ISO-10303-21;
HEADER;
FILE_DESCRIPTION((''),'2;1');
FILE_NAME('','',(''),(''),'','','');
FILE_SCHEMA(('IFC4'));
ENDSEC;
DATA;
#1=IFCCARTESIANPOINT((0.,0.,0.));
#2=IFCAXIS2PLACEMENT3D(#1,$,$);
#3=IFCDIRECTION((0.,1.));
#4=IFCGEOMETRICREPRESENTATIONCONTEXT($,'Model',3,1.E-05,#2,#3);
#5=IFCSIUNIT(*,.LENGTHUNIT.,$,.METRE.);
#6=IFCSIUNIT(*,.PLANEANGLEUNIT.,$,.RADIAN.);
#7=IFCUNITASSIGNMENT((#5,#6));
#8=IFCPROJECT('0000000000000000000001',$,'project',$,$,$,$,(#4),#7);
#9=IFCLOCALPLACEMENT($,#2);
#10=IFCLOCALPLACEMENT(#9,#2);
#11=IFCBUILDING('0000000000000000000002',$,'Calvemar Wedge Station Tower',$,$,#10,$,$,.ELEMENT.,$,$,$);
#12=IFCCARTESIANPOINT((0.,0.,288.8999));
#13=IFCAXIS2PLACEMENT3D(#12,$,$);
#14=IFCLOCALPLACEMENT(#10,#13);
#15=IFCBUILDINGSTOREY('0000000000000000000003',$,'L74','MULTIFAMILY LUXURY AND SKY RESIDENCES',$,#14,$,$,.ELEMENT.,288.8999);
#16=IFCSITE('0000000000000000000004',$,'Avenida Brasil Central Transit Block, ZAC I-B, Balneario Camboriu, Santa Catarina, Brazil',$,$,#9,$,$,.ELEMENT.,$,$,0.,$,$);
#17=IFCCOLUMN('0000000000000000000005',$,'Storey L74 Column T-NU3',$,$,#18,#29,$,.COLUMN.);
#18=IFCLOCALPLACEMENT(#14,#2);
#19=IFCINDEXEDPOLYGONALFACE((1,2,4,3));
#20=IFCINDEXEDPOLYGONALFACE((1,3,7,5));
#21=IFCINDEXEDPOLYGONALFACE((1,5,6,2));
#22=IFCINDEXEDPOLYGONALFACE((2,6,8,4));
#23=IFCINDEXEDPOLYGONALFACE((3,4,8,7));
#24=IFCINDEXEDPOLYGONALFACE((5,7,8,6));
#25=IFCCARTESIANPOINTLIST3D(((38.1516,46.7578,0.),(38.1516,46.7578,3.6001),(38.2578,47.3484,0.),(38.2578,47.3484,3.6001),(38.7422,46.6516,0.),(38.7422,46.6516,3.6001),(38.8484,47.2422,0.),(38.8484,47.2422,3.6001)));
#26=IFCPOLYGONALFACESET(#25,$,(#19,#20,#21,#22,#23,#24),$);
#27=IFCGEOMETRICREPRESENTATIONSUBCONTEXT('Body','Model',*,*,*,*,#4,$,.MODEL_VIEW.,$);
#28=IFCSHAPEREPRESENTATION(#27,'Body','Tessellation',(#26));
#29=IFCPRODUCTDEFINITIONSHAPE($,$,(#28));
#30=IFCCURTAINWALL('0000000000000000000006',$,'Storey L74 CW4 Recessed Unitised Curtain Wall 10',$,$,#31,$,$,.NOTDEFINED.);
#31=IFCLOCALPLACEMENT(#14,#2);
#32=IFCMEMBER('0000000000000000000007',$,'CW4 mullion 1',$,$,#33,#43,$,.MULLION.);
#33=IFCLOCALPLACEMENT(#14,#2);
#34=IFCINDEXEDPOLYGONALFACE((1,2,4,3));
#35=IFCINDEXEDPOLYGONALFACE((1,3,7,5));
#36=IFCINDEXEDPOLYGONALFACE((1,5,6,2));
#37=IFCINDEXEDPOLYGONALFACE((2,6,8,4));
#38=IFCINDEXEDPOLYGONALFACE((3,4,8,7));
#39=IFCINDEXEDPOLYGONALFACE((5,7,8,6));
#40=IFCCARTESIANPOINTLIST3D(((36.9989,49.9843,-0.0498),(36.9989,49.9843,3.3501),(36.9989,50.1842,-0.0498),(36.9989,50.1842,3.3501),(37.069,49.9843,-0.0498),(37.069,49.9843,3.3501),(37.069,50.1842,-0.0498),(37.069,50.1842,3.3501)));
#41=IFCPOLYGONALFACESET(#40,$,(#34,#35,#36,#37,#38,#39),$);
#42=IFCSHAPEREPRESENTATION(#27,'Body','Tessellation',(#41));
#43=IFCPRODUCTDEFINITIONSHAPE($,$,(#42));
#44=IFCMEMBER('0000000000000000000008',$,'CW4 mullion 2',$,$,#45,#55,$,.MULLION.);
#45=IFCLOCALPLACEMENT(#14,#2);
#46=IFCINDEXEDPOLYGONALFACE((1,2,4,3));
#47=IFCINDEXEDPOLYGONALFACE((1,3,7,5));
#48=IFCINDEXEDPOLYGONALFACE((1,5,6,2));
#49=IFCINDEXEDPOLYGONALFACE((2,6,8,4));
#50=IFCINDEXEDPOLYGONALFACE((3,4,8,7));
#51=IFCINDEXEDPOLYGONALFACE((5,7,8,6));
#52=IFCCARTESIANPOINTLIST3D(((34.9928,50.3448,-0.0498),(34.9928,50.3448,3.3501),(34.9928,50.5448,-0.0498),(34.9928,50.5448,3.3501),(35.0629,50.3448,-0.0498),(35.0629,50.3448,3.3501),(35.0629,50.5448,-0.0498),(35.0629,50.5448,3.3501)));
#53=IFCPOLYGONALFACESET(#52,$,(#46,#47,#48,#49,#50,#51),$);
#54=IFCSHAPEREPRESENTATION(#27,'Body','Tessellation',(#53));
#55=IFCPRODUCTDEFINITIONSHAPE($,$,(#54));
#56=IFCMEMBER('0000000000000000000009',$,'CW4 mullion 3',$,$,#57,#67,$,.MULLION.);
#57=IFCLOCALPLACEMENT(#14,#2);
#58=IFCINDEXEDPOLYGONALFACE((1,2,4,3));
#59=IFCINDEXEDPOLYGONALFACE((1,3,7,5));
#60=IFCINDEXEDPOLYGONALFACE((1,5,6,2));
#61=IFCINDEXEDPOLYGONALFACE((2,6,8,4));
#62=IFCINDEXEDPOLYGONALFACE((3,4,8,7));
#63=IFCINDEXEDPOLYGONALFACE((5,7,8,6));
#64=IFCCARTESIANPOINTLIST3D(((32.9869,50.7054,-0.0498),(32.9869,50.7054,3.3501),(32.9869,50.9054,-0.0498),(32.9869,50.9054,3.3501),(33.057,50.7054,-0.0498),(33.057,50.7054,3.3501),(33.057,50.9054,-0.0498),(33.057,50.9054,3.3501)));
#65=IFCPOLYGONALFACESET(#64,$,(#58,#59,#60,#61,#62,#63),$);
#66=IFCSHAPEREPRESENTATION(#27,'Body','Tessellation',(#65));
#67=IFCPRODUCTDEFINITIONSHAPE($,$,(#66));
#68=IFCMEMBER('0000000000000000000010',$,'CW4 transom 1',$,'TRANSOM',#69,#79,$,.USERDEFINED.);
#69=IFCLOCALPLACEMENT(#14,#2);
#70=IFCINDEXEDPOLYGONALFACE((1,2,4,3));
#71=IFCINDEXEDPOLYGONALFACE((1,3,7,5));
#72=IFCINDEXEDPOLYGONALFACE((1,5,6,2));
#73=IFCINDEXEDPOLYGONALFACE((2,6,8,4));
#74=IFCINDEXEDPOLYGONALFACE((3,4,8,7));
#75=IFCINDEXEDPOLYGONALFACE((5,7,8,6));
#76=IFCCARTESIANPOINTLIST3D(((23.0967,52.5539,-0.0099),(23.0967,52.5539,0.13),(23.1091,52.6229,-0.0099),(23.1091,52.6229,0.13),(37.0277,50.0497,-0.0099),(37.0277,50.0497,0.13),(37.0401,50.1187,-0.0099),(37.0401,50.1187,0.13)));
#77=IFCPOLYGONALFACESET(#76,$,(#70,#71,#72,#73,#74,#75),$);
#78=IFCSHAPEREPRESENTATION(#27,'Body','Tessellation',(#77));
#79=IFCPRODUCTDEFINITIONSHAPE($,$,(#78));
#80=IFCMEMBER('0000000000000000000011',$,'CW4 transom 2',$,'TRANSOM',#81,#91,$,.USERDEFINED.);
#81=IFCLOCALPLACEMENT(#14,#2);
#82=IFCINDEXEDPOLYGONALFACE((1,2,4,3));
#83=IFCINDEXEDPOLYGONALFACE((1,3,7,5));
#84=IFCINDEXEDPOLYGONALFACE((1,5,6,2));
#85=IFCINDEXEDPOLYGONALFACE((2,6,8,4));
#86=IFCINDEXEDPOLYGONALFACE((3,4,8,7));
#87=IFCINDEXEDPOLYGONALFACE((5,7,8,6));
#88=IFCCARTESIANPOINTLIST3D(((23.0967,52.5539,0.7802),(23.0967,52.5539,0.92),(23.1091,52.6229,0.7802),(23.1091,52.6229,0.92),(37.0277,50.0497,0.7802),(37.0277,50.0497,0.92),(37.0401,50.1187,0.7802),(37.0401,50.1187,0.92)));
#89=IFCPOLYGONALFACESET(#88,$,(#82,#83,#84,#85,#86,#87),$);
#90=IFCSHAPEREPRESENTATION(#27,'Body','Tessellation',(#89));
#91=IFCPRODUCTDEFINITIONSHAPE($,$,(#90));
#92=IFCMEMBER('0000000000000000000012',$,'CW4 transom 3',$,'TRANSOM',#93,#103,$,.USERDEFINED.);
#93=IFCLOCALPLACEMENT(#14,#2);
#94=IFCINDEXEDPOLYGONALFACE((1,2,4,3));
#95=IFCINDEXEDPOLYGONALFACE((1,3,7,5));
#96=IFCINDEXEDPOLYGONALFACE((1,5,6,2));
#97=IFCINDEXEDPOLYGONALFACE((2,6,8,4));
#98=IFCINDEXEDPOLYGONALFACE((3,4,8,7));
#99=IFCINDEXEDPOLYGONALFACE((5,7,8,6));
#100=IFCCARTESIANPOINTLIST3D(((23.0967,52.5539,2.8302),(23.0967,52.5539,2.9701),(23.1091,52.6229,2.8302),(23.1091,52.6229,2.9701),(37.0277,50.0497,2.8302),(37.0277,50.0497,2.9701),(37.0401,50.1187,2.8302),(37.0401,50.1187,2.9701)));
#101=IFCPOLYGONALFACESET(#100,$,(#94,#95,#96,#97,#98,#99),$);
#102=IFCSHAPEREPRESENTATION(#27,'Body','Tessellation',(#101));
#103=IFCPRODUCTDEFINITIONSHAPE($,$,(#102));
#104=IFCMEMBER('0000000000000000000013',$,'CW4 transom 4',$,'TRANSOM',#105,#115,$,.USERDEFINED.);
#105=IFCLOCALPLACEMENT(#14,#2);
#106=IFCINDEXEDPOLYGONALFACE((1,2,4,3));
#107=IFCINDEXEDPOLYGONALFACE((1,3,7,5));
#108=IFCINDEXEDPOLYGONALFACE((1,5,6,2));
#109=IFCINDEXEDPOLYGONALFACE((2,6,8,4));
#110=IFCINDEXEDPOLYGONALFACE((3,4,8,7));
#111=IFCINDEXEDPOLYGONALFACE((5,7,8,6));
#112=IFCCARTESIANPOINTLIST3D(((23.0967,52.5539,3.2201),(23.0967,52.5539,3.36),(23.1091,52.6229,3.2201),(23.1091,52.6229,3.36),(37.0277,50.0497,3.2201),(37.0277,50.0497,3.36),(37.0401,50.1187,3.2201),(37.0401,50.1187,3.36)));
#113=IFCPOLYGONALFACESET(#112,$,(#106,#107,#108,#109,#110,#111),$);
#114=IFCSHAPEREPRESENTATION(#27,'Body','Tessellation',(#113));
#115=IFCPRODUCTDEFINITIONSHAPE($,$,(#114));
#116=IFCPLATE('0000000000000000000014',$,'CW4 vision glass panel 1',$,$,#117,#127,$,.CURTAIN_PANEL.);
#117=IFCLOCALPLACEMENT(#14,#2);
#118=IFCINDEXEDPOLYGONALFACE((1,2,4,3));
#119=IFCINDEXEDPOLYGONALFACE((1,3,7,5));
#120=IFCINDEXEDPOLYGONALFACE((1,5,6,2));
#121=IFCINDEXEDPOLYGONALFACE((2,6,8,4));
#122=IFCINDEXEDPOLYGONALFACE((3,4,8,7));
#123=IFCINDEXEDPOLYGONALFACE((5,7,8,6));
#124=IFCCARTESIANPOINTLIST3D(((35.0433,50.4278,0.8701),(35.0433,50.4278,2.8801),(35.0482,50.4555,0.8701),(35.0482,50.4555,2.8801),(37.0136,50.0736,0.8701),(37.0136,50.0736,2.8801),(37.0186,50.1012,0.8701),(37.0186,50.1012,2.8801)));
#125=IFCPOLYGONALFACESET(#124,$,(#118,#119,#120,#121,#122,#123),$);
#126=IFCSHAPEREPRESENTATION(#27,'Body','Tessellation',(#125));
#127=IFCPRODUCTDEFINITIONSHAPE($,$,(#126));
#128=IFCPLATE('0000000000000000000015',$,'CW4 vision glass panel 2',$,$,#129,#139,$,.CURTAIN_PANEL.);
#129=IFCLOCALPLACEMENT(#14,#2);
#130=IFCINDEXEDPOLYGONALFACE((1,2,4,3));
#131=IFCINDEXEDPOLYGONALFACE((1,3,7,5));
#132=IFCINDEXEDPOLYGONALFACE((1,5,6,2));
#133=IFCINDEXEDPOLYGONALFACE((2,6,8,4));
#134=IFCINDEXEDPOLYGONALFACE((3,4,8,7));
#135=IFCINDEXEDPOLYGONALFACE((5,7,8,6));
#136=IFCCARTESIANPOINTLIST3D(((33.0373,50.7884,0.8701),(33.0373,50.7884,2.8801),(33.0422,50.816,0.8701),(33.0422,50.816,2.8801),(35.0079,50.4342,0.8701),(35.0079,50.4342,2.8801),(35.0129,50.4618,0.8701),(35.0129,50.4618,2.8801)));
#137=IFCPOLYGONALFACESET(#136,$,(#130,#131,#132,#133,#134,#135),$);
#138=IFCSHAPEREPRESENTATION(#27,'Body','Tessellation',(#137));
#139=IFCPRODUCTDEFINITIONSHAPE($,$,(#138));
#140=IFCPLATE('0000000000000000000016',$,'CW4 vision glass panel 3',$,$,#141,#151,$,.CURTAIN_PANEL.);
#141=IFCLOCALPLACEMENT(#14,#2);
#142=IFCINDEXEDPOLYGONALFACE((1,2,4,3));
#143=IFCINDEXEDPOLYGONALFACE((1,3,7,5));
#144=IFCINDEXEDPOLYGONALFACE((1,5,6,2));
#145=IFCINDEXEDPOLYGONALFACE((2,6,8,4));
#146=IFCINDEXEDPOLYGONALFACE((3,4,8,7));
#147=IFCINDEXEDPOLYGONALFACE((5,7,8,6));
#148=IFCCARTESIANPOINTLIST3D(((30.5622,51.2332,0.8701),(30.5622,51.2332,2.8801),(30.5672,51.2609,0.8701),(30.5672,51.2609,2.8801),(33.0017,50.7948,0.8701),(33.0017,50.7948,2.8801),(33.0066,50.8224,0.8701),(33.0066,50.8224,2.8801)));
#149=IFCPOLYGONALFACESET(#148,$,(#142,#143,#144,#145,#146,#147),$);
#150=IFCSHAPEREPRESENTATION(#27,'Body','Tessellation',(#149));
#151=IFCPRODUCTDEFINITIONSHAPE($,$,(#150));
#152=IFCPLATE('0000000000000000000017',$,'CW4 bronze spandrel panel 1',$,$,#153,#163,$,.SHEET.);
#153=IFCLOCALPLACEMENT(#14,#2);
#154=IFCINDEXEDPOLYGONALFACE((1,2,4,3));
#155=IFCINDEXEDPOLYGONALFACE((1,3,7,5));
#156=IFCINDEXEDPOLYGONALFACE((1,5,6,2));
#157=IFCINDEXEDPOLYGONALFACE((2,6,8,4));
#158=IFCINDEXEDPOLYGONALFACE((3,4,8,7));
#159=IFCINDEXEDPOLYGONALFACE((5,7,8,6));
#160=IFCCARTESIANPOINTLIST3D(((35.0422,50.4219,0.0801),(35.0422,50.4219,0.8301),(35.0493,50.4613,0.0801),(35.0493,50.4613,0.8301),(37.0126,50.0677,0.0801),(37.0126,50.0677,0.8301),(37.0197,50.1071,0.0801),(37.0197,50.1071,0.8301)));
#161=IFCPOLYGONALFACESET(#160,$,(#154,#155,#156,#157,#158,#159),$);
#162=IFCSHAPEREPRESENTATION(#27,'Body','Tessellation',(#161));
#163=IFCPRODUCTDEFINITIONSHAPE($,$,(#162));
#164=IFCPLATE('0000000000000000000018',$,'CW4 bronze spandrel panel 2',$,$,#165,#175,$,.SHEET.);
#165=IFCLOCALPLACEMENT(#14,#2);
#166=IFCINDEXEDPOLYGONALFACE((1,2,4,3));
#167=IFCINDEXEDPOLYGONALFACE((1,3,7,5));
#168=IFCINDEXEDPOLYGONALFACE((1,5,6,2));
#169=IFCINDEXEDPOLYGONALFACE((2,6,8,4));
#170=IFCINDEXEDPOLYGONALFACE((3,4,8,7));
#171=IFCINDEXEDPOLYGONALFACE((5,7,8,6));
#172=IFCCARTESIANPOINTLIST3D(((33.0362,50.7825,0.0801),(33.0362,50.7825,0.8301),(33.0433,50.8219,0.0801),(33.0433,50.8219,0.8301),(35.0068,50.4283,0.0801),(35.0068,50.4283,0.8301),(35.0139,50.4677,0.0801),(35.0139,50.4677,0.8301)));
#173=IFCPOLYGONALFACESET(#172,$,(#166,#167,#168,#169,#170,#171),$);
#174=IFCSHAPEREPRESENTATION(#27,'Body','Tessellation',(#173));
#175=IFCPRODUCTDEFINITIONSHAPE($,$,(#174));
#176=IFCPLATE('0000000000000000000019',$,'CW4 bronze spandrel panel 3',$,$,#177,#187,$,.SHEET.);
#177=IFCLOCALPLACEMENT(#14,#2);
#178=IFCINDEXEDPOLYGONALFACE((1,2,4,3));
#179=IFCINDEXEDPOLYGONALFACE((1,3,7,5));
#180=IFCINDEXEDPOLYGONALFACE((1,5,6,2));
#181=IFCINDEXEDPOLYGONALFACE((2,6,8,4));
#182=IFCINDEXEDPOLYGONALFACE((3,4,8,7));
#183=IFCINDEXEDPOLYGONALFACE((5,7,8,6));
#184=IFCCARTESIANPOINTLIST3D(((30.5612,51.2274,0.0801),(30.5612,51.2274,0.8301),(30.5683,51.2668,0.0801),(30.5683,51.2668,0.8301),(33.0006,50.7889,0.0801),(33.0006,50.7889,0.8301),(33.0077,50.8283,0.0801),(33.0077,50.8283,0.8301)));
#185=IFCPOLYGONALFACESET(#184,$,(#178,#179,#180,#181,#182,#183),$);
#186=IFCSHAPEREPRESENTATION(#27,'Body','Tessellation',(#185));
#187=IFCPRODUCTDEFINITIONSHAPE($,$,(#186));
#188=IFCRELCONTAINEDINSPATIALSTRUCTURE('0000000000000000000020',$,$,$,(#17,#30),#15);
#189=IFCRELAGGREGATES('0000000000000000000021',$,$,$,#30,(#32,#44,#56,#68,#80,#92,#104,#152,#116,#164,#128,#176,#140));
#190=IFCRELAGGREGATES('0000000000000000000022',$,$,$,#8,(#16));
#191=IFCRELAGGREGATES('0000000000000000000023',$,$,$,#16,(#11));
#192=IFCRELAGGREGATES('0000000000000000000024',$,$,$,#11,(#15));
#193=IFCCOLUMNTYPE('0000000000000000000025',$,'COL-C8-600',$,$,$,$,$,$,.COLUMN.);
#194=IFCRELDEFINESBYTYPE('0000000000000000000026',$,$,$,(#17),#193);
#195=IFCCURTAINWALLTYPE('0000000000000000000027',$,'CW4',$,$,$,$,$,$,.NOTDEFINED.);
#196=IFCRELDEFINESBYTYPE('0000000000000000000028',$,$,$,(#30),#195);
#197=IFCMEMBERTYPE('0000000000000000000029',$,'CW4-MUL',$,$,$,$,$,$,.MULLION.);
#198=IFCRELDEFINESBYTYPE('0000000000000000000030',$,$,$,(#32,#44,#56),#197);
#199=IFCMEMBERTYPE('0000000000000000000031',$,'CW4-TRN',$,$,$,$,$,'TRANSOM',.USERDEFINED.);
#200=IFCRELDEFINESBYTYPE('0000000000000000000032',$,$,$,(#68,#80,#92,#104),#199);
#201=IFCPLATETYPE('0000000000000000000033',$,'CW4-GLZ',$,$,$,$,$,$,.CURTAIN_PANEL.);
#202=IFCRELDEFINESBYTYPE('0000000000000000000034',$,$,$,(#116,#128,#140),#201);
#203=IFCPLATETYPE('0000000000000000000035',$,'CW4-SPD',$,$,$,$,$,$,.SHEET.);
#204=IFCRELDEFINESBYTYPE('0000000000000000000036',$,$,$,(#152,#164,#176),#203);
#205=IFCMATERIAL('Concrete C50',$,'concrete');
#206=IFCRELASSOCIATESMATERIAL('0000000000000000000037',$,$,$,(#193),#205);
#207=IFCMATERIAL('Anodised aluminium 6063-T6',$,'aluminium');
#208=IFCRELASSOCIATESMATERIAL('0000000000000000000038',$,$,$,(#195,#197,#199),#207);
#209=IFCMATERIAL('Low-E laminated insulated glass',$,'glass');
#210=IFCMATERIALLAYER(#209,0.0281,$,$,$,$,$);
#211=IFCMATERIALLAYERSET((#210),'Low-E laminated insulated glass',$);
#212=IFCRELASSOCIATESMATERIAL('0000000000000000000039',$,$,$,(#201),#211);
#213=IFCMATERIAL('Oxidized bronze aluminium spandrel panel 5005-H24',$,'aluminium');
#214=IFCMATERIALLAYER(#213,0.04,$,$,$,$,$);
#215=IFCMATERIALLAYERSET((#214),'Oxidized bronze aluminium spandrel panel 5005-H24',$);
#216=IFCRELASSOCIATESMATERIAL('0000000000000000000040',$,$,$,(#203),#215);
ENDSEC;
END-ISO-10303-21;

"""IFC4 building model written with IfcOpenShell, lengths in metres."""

from ifc_helpers import new_model, si_unit, direction, frame, frame_2d, origin, origin_2d, place, context, subcontext, project, spatial, rectangle, extrude, source, transform, mapped, material, layer, layer_set, material_profile, profile_set, type_object, element, aggregate, save


model = new_model("IFC4")

# Units and contexts
model_context = context("Model", 3, precision=1e-05, world=origin(), true_north=direction((0.0, 1.0)))
body_context = subcontext(model_context, "Body", "Model", "MODEL_VIEW")
ifc_project = project(units=[si_unit("LENGTHUNIT", "METRE"), si_unit("PLANEANGLEUNIT", "RADIAN")], contexts=[model_context])

# Site, building, storey
site_placement = place(None, origin())
site = spatial("IfcSite", under=ifc_project, at=site_placement, Name="Avenida Brasil Central Transit Block, ZAC I-B, Balneario Camboriu, Santa Catarina, Brazil", CompositionType="ELEMENT", RefElevation=0.0)
building_placement = place(site_placement, origin())
building = spatial("IfcBuilding", under=site, at=building_placement, Name="Calvemar Wedge Station Tower", CompositionType="ELEMENT")
storey_placement = place(building_placement, frame((0.0, 0.0, 288.8999)))
storey = spatial("IfcBuildingStorey", under=building, at=storey_placement, Name="L74", Description="MULTIFAMILY LUXURY AND SKY RESIDENCES", CompositionType="ELEMENT", Elevation=288.8999)

# Column
ifc_material_1 = material(Name="Concrete C50", Category="concrete")
ifc_material_profile_1 = material_profile(ifc_material_1, rectangle(XDim=0.6001, YDim=0.6001, at=origin_2d()), Name="RC600x600")
ifc_profile_set_1 = profile_set([ifc_material_profile_1], Name="Concrete C50")
column_type = type_object("IfcColumnType", Name="COL-C8-600", PredefinedType="COLUMN", material=ifc_profile_set_1)
shared_shape_1 = source(origin(), body_context, "Body", "SweptSolid", [
    extrude(rectangle(XDim=0.6001, YDim=0.6001, at=origin_2d()), origin(), (0.0, 0.0, 1.0), 3.6001),
])
column_placement = place(storey_placement, frame((38.5, 47.0, 0.0), z_axis=(0.0, 0.0, 1.0), x_axis=(0.984196, -0.177085, 0.0)))
element("IfcColumn", 1, at=column_placement, inside=storey, type_object=column_type, Name="Storey L74 Column T-NU3", PredefinedType="COLUMN", context=body_context, shape_type="MappedRepresentation", body=[
    mapped(shared_shape_1, transform((0.0, 0.0, 0.0), scale=1.0)),
])

# Curtain wall, members, plates
ifc_material_2 = material(Name="Anodised aluminium 6063-T6", Category="aluminium")
curtain_wall_type = type_object("IfcCurtainWallType", Name="CW4", PredefinedType="NOTDEFINED", material=ifc_material_2)
curtain_wall_placement = place(storey_placement, origin())
curtain_wall = element("IfcCurtainWall", 2, at=curtain_wall_placement, inside=storey, type_object=curtain_wall_type, Name="Storey L74 CW4 Recessed Unitised Curtain Wall 10", PredefinedType="NOTDEFINED")
ifc_material_profile_2 = material_profile(ifc_material_2, rectangle(XDim=0.0701, YDim=0.2, at=origin_2d()), Name="AL-MUL-70x200")
ifc_profile_set_2 = profile_set([ifc_material_profile_2], Name="Anodised aluminium 6063-T6")
member_type_1 = type_object("IfcMemberType", Name="CW4-MUL", PredefinedType="MULLION", material=ifc_profile_set_2)
shared_shape_2 = source(origin(), body_context, "Body", "SweptSolid", [
    extrude(rectangle(XDim=0.0701, YDim=0.2, at=origin_2d()), origin(), (0.0, 0.0, 1.0), 3.3999),
])
member_1_placement = place(storey_placement, frame((37.0339, 50.0842, -0.0498), z_axis=(0.0, 0.0, 1.0), x_axis=(1.0, 0.0, 0.0)))
member_1 = element("IfcMember", 3, at=member_1_placement, type_object=member_type_1, Name="CW4 mullion 1", PredefinedType="MULLION", context=body_context, shape_type="MappedRepresentation", body=[
    mapped(shared_shape_2, transform((0.0, 0.0, 0.0), scale=1.0)),
])
member_2_placement = place(storey_placement, frame((35.0278, 50.4448, -0.0498), z_axis=(0.0, 0.0, 1.0), x_axis=(1.0, 0.0, 0.0)))
member_2 = element("IfcMember", 4, at=member_2_placement, type_object=member_type_1, Name="CW4 mullion 2", PredefinedType="MULLION", context=body_context, shape_type="MappedRepresentation", body=[
    mapped(shared_shape_2, transform((0.0, 0.0, 0.0), scale=1.0)),
])
member_3_placement = place(storey_placement, frame((33.022, 50.8054, -0.0498), z_axis=(0.0, 0.0, 1.0), x_axis=(1.0, 0.0, 0.0)))
member_3 = element("IfcMember", 5, at=member_3_placement, type_object=member_type_1, Name="CW4 mullion 3", PredefinedType="MULLION", context=body_context, shape_type="MappedRepresentation", body=[
    mapped(shared_shape_2, transform((0.0, 0.0, 0.0), scale=1.0)),
])
ifc_material_profile_3 = material_profile(ifc_material_2, rectangle(XDim=0.0701, YDim=0.1399, at=origin_2d()), Name="AL-TRN-70x140")
ifc_profile_set_3 = profile_set([ifc_material_profile_3], Name="Anodised aluminium 6063-T6")
member_type_2 = type_object("IfcMemberType", Name="CW4-TRN", ElementType="TRANSOM", PredefinedType="USERDEFINED", material=ifc_profile_set_3)
shared_shape_3 = source(origin(), body_context, "Body", "SweptSolid", [
    extrude(rectangle(XDim=0.0701, YDim=0.1399, at=origin_2d()), origin(), (0.0, 0.0, 1.0), 14.1543),
])
member_4_placement = place(storey_placement, frame((37.0339, 50.0842, 0.0601), z_axis=(-0.984225, 0.176919, 0.0), x_axis=(-0.176919, -0.984225, 0.0)))
member_4 = element("IfcMember", 6, at=member_4_placement, type_object=member_type_2, Name="CW4 transom 1", ObjectType="TRANSOM", PredefinedType="USERDEFINED", context=body_context, shape_type="MappedRepresentation", body=[
    mapped(shared_shape_3, transform((0.0, 0.0, 0.0), scale=1.0)),
])
member_5_placement = place(storey_placement, frame((37.0339, 50.0842, 0.8501), z_axis=(-0.984225, 0.176919, 0.0), x_axis=(-0.176919, -0.984225, 0.0)))
member_5 = element("IfcMember", 7, at=member_5_placement, type_object=member_type_2, Name="CW4 transom 2", ObjectType="TRANSOM", PredefinedType="USERDEFINED", context=body_context, shape_type="MappedRepresentation", body=[
    mapped(shared_shape_3, transform((0.0, 0.0, 0.0), scale=1.0)),
])
member_6_placement = place(storey_placement, frame((37.0339, 50.0842, 2.9001), z_axis=(-0.984225, 0.176919, 0.0), x_axis=(-0.176919, -0.984225, 0.0)))
member_6 = element("IfcMember", 8, at=member_6_placement, type_object=member_type_2, Name="CW4 transom 3", ObjectType="TRANSOM", PredefinedType="USERDEFINED", context=body_context, shape_type="MappedRepresentation", body=[
    mapped(shared_shape_3, transform((0.0, 0.0, 0.0), scale=1.0)),
])
member_7_placement = place(storey_placement, frame((37.0339, 50.0842, 3.29), z_axis=(-0.984225, 0.176919, 0.0), x_axis=(-0.176919, -0.984225, 0.0)))
member_7 = element("IfcMember", 9, at=member_7_placement, type_object=member_type_2, Name="CW4 transom 4", ObjectType="TRANSOM", PredefinedType="USERDEFINED", context=body_context, shape_type="MappedRepresentation", body=[
    mapped(shared_shape_3, transform((0.0, 0.0, 0.0), scale=1.0)),
])
ifc_material_3 = material(Name="Low-E laminated insulated glass", Category="glass")
ifc_layer_1 = layer(ifc_material_3, 0.0281)
ifc_layer_set_1 = layer_set([ifc_layer_1], Name="Low-E laminated insulated glass")
plate_type_1 = type_object("IfcPlateType", Name="CW4-GLZ", PredefinedType="CURTAIN_PANEL", material=ifc_layer_set_1)
plate_1_placement = place(storey_placement, frame((37.0161, 50.0874, 0.8701), z_axis=(0.0, 0.0, 1.0), x_axis=(-0.984221, 0.176943, 0.0)))
plate_1 = element("IfcPlate", 10, at=plate_1_placement, type_object=plate_type_1, Name="CW4 vision glass panel 1", PredefinedType="CURTAIN_PANEL", context=body_context, shape_type="SweptSolid", body=[
    extrude(rectangle(XDim=2.002, YDim=0.0281, at=frame_2d((1.001, 0.0))), origin(), (0.0, 0.0, 1.0), 2.01),
])
plate_2_placement = place(storey_placement, frame((35.0103, 50.448, 0.8701), z_axis=(0.0, 0.0, 1.0), x_axis=(-0.984225, 0.176922, 0.0)))
plate_2 = element("IfcPlate", 11, at=plate_2_placement, type_object=plate_type_1, Name="CW4 vision glass panel 2", PredefinedType="CURTAIN_PANEL", context=body_context, shape_type="SweptSolid", body=[
    extrude(rectangle(XDim=2.0022, YDim=0.0281, at=frame_2d((1.001, 0.0))), origin(), (0.0, 0.0, 1.0), 2.01),
])
plate_3_placement = place(storey_placement, frame((33.0042, 50.8086, 0.8701), z_axis=(0.0, 0.0, 1.0), x_axis=(-0.984227, 0.176909, 0.0)))
plate_3 = element("IfcPlate", 12, at=plate_3_placement, type_object=plate_type_1, Name="CW4 vision glass panel 3", PredefinedType="CURTAIN_PANEL", context=body_context, shape_type="SweptSolid", body=[
    extrude(rectangle(XDim=2.4785, YDim=0.0281, at=frame_2d((1.2393, 0.0))), origin(), (0.0, 0.0, 1.0), 2.01),
])
ifc_material_4 = material(Name="Oxidized bronze aluminium spandrel panel 5005-H24", Category="aluminium")
ifc_layer_2 = layer(ifc_material_4, 0.04)
ifc_layer_set_2 = layer_set([ifc_layer_2], Name="Oxidized bronze aluminium spandrel panel 5005-H24")
plate_type_2 = type_object("IfcPlateType", Name="CW4-SPD", PredefinedType="SHEET", material=ifc_layer_set_2)
plate_4_placement = place(storey_placement, frame((37.0161, 50.0874, 0.0801), z_axis=(0.0, 0.0, 1.0), x_axis=(-0.984221, 0.176943, 0.0)))
plate_4 = element("IfcPlate", 13, at=plate_4_placement, type_object=plate_type_2, Name="CW4 bronze spandrel panel 1", PredefinedType="SHEET", context=body_context, shape_type="SweptSolid", body=[
    extrude(rectangle(XDim=2.002, YDim=0.04, at=frame_2d((1.001, 0.0))), origin(), (0.0, 0.0, 1.0), 0.75),
])
plate_5_placement = place(storey_placement, frame((35.0103, 50.448, 0.0801), z_axis=(0.0, 0.0, 1.0), x_axis=(-0.984225, 0.176922, 0.0)))
plate_5 = element("IfcPlate", 14, at=plate_5_placement, type_object=plate_type_2, Name="CW4 bronze spandrel panel 2", PredefinedType="SHEET", context=body_context, shape_type="SweptSolid", body=[
    extrude(rectangle(XDim=2.0022, YDim=0.04, at=frame_2d((1.001, 0.0))), origin(), (0.0, 0.0, 1.0), 0.75),
])
plate_6_placement = place(storey_placement, frame((33.0042, 50.8086, 0.0801), z_axis=(0.0, 0.0, 1.0), x_axis=(-0.984227, 0.176909, 0.0)))
plate_6 = element("IfcPlate", 15, at=plate_6_placement, type_object=plate_type_2, Name="CW4 bronze spandrel panel 3", PredefinedType="SHEET", context=body_context, shape_type="SweptSolid", body=[
    extrude(rectangle(XDim=2.4785, YDim=0.04, at=frame_2d((1.2393, 0.0))), origin(), (0.0, 0.0, 1.0), 0.75),
])
aggregate(curtain_wall, [member_1, member_2, member_3, member_4, member_5, member_6, member_7, plate_4, plate_1, plate_5, plate_2, plate_6, plate_3])

save(model, "model.ifc")
